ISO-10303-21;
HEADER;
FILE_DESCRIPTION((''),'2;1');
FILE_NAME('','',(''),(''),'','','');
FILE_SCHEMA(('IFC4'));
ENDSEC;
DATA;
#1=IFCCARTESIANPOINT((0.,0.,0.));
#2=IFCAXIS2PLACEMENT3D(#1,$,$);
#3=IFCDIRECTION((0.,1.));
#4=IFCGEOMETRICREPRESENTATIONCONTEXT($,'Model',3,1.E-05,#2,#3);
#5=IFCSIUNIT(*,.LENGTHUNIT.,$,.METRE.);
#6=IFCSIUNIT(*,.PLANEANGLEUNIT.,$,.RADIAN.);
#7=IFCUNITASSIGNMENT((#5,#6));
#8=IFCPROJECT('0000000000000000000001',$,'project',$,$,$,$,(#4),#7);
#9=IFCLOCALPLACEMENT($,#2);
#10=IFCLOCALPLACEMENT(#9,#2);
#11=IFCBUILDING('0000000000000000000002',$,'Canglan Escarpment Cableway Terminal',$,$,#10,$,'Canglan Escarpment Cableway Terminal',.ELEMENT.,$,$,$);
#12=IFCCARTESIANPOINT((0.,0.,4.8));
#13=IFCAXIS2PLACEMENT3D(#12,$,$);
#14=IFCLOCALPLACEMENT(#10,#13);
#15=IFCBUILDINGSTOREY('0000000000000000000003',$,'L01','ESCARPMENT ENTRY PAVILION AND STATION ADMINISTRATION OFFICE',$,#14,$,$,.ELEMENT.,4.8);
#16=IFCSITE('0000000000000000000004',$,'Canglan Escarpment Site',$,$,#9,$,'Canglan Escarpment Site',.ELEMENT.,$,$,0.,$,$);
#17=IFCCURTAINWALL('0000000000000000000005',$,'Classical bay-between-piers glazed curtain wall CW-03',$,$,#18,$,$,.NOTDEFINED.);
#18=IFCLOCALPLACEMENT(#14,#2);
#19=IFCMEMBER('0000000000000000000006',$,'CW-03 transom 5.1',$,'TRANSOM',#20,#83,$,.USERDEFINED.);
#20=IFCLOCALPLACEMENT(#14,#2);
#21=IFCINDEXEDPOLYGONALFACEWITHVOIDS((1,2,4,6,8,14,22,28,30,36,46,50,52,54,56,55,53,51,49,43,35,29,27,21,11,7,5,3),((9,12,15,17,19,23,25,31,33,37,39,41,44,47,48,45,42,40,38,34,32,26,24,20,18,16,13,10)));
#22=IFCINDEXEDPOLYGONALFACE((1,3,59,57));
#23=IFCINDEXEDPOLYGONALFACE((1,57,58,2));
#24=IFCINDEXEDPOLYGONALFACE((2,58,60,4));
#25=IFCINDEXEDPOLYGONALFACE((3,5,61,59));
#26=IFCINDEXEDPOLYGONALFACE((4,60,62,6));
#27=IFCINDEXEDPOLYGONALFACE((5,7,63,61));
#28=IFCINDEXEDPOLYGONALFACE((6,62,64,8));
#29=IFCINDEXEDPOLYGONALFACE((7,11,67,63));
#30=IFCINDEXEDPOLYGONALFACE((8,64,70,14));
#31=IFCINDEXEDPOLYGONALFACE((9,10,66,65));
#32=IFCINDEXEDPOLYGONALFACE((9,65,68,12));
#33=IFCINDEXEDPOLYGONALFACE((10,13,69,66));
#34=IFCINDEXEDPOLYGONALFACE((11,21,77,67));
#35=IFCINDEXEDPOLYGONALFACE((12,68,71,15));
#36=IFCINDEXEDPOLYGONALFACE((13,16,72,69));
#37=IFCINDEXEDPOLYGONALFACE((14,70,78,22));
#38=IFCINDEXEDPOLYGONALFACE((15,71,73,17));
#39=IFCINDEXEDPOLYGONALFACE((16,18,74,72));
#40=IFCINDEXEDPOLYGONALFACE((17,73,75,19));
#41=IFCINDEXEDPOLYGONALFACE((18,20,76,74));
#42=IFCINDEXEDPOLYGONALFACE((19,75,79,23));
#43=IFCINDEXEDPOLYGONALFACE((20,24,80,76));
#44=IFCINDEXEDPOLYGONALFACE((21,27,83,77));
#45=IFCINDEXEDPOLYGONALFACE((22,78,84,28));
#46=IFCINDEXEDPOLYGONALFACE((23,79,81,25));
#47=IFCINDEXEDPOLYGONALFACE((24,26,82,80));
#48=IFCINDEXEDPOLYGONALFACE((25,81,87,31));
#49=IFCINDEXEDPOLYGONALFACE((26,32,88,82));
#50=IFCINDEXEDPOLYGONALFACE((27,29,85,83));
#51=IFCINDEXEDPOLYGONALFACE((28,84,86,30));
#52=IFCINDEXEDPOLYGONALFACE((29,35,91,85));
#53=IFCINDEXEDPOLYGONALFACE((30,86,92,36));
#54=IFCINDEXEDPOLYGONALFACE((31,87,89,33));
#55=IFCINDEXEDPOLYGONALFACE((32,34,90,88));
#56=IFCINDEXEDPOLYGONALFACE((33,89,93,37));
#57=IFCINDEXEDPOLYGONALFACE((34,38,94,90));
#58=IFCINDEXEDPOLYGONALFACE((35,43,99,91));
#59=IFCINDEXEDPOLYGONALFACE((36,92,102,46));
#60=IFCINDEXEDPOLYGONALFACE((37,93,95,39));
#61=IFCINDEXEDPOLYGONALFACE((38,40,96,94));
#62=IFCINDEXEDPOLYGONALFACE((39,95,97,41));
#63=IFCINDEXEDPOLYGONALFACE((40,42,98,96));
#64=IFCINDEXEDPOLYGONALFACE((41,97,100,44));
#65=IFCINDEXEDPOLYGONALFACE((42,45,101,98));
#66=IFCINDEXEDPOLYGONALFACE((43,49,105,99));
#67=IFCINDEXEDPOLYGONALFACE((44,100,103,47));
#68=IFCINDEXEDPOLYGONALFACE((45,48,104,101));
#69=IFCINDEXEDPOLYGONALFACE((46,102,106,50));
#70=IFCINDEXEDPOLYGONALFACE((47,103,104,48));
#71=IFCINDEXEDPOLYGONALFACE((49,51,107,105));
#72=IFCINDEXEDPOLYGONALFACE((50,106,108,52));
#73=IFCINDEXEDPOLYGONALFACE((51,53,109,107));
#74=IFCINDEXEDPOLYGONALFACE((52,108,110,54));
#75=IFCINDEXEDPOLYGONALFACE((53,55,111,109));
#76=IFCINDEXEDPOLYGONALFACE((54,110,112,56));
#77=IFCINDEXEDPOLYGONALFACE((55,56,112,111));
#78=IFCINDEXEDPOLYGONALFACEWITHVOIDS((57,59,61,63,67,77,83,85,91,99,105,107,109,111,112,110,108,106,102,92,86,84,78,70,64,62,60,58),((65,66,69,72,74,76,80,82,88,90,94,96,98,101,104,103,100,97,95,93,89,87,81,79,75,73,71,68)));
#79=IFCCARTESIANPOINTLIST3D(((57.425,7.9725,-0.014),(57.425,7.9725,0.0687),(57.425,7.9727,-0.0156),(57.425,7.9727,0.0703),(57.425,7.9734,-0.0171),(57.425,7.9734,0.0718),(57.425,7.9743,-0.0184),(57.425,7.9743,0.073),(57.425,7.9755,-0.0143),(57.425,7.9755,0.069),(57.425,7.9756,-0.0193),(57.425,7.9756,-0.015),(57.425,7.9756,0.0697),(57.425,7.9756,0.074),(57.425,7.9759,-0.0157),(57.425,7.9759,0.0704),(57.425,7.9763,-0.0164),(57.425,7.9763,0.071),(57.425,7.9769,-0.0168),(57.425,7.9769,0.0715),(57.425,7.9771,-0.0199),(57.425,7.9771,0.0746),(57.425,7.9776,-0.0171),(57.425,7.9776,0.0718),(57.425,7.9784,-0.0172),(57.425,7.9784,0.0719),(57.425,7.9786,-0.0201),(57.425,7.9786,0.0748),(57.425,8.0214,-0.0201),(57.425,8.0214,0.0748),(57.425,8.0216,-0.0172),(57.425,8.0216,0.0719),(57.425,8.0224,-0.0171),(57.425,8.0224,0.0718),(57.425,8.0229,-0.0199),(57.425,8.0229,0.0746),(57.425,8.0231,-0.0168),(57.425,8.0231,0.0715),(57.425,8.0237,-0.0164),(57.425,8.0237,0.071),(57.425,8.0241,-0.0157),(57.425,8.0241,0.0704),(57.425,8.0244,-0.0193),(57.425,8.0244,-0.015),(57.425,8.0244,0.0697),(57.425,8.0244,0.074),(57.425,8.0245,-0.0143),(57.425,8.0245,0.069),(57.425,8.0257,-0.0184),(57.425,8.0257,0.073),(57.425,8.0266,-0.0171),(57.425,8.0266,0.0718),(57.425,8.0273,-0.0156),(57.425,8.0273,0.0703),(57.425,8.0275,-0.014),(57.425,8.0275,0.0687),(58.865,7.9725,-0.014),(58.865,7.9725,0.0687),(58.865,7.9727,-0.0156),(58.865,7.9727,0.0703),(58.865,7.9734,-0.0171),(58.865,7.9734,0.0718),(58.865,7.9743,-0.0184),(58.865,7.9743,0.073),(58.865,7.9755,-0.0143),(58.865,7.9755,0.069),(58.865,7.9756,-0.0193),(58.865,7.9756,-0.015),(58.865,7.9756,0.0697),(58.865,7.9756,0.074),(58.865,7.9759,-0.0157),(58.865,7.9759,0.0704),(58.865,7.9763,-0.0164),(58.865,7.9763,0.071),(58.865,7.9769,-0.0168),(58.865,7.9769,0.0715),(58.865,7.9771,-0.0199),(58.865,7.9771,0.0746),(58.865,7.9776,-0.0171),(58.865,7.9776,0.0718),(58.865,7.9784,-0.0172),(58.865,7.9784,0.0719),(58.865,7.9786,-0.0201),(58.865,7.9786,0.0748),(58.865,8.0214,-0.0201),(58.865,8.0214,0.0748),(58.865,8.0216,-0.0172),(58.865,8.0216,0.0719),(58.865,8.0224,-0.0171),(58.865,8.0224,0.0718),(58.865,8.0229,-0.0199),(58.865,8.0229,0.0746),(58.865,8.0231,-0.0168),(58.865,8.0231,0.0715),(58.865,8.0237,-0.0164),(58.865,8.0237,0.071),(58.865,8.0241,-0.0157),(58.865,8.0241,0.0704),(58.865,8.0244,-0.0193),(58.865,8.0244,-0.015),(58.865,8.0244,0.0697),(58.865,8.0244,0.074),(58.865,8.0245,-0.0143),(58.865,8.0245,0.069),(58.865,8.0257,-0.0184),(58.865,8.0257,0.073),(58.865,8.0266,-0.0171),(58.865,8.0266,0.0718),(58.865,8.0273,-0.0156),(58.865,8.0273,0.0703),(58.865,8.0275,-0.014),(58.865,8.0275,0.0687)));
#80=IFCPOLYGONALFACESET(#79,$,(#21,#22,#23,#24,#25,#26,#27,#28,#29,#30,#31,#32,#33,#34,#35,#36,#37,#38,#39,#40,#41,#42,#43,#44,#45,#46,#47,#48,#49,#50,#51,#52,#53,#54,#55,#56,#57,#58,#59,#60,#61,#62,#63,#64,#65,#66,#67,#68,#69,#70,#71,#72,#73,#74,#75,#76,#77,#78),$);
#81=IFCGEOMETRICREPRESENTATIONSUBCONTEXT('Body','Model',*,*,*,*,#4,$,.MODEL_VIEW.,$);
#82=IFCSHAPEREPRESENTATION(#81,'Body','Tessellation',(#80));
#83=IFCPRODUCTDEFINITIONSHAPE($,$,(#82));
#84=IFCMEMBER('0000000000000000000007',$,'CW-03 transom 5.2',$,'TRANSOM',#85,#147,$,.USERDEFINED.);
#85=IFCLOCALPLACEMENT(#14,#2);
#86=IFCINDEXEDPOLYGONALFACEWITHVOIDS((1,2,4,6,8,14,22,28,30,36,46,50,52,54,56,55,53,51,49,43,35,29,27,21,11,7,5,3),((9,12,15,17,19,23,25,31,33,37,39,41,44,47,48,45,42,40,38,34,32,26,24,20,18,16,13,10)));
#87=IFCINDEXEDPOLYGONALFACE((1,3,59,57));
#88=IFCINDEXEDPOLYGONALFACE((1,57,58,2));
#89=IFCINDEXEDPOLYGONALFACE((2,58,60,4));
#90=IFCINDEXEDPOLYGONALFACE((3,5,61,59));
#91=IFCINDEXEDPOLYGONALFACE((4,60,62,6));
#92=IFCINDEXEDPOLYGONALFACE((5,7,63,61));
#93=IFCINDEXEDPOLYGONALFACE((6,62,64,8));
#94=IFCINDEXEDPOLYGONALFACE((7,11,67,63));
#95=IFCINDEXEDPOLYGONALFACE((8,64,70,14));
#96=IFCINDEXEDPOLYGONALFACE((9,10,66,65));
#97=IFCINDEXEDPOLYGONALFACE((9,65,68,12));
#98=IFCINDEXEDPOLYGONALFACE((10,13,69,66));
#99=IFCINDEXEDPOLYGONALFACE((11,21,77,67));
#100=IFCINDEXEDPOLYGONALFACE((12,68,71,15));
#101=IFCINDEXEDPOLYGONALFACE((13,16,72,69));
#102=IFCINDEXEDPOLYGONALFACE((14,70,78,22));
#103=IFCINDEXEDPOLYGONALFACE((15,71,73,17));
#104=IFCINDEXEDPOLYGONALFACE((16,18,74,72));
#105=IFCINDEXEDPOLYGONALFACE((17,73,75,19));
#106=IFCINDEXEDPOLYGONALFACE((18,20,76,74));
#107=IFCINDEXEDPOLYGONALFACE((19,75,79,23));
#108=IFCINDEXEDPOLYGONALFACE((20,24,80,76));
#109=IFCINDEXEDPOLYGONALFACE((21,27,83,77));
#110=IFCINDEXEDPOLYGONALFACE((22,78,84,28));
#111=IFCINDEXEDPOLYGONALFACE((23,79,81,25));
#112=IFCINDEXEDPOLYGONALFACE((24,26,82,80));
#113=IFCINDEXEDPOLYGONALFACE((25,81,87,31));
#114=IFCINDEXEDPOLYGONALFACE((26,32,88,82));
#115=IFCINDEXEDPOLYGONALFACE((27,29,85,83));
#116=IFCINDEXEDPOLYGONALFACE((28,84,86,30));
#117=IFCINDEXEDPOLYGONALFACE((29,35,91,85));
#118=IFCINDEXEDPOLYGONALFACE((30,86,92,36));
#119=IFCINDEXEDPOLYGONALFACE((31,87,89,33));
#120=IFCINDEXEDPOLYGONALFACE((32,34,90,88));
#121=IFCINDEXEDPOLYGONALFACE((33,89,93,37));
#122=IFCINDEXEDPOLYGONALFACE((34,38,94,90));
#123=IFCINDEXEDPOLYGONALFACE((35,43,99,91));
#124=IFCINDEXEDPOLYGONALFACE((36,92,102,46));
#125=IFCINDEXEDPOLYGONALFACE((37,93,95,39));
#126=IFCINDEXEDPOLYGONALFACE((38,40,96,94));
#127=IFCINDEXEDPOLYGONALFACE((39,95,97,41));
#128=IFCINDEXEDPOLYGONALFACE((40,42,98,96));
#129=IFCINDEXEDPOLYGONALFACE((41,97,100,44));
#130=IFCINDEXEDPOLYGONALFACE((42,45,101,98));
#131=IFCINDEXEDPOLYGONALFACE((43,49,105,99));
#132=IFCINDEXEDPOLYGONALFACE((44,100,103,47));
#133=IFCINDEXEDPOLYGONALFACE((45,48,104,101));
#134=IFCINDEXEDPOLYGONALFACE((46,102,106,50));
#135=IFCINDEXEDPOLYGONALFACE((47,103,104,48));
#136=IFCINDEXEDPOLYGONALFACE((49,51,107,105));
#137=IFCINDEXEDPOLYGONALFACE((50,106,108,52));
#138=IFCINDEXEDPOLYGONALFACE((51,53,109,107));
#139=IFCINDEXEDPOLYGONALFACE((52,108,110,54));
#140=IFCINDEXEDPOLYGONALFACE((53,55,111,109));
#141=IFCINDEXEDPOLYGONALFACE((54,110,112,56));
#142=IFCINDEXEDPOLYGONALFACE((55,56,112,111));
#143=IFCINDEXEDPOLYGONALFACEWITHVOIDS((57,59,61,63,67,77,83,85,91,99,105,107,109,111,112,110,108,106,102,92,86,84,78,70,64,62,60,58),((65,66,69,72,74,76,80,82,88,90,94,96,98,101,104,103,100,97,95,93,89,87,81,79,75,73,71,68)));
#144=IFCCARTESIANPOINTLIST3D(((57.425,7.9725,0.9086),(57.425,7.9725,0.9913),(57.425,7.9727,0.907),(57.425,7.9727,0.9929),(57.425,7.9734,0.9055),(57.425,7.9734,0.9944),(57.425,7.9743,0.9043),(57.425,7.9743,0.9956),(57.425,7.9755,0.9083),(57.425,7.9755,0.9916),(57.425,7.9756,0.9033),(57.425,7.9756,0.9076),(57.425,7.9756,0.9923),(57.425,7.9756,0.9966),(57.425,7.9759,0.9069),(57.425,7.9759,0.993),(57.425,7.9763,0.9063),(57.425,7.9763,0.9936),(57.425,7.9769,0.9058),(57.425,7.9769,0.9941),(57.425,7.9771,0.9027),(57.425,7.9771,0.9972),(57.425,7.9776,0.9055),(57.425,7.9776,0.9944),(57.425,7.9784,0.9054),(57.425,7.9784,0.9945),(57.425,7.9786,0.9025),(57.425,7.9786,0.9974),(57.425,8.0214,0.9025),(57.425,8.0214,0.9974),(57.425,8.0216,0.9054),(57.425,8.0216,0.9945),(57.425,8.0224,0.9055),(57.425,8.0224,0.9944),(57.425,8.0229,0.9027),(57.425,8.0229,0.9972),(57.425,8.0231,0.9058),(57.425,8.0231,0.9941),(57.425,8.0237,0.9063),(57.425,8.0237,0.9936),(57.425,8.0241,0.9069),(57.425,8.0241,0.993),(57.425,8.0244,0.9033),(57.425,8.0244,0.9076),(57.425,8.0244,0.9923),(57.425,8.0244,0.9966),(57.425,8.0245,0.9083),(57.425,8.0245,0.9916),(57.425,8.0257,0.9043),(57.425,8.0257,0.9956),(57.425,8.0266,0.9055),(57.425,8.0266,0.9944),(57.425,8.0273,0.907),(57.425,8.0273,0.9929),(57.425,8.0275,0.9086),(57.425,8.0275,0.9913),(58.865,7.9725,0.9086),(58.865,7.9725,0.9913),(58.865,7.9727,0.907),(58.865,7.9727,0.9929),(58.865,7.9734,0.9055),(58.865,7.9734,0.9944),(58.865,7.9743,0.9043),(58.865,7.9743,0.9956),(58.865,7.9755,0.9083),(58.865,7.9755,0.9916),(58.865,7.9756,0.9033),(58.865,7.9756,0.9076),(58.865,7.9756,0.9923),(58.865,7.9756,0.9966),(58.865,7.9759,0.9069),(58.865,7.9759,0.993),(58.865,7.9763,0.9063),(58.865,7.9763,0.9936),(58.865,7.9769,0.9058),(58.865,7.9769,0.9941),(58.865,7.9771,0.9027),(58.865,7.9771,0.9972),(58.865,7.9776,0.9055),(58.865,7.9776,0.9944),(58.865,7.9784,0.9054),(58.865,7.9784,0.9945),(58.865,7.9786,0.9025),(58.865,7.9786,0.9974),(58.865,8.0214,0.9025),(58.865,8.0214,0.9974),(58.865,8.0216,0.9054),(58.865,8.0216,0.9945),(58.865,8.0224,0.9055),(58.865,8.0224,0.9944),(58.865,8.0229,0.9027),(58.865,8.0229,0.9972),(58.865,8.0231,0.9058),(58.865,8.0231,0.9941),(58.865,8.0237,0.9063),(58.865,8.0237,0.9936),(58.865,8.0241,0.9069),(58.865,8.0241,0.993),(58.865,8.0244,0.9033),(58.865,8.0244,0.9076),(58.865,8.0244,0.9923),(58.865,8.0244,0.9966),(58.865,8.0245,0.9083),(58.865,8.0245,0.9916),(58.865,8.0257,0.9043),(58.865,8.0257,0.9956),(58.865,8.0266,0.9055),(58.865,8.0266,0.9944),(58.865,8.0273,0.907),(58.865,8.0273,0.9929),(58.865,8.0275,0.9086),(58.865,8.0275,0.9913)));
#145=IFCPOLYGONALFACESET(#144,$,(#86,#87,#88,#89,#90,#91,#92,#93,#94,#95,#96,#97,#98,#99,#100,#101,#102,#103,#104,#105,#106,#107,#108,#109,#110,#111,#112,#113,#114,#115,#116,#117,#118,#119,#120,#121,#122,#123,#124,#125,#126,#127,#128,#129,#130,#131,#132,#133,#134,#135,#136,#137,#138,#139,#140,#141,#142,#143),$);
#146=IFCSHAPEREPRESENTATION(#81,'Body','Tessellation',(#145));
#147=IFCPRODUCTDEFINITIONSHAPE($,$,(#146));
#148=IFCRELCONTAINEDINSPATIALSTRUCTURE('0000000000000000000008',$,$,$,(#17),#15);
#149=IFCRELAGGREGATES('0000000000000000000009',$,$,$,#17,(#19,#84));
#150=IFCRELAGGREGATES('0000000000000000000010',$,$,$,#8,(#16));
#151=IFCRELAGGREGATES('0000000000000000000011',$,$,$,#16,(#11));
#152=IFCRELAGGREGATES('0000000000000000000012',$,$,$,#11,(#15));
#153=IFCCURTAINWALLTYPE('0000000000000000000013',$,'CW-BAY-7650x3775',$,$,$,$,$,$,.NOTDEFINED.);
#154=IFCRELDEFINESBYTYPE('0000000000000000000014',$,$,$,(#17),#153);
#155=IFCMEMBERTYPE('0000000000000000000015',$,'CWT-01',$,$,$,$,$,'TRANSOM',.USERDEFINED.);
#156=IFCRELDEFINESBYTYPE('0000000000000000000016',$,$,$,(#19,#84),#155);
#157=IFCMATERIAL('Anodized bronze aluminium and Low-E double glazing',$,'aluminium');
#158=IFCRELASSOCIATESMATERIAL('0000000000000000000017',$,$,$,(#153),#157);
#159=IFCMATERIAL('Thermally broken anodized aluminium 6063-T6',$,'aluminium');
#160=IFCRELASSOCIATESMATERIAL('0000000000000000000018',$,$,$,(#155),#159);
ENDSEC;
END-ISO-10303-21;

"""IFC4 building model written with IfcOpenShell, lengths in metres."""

from ifc_helpers import new_model, si_unit, direction, frame, origin, origin_2d, place, context, subcontext, project, spatial, hollow_rectangle, extrude, material, material_profile, profile_set, type_object, element, aggregate, save


model = new_model("IFC4")

# Units and contexts
model_context = context("Model", 3, precision=1e-05, world=origin(), true_north=direction((0.0, 1.0)))
body_context = subcontext(model_context, "Body", "Model", "MODEL_VIEW")
ifc_project = project(units=[si_unit("LENGTHUNIT", "METRE"), si_unit("PLANEANGLEUNIT", "RADIAN")], contexts=[model_context])

# Site, building, storey
site_placement = place(None, origin())
site = spatial("IfcSite", under=ifc_project, at=site_placement, Name="Canglan Escarpment Site", LongName="Canglan Escarpment Site", CompositionType="ELEMENT", RefElevation=0.0)
building_placement = place(site_placement, origin())
building = spatial("IfcBuilding", under=site, at=building_placement, Name="Canglan Escarpment Cableway Terminal", LongName="Canglan Escarpment Cableway Terminal", CompositionType="ELEMENT")
storey_placement = place(building_placement, frame((0.0, 0.0, 4.8)))
storey = spatial("IfcBuildingStorey", under=building, at=storey_placement, Name="L01", Description="ESCARPMENT ENTRY PAVILION AND STATION ADMINISTRATION OFFICE", CompositionType="ELEMENT", Elevation=4.8)

# Curtain wall, members
ifc_material_1 = material(Name="Anodized bronze aluminium and Low-E double glazing", Category="aluminium")
curtain_wall_type = type_object("IfcCurtainWallType", Name="CW-BAY-7650x3775", PredefinedType="NOTDEFINED", material=ifc_material_1)
curtain_wall_placement = place(storey_placement, origin())
curtain_wall = element("IfcCurtainWall", 1, at=curtain_wall_placement, inside=storey, type_object=curtain_wall_type, Name="Classical bay-between-piers glazed curtain wall CW-03", PredefinedType="NOTDEFINED")
ifc_material_2 = material(Name="Thermally broken anodized aluminium 6063-T6", Category="aluminium")
ifc_material_profile_1 = material_profile(ifc_material_2, hollow_rectangle(XDim=0.0549, YDim=0.095, WallThickness=0.0029, InnerFilletRadius=0.0029, OuterFilletRadius=0.0061, at=origin_2d()), Name="ALU-TRAN 55x95x3")
ifc_profile_set_1 = profile_set([ifc_material_profile_1], Name="Thermally broken anodized aluminium 6063-T6")
member_type_1 = type_object("IfcMemberType", Name="CWT-01", ElementType="TRANSOM", PredefinedType="USERDEFINED", material=ifc_profile_set_1)
member_1_placement = place(storey_placement, frame((57.425, 8.0, 0.0273), z_axis=(1.0, 0.0, 0.0), x_axis=(0.0, 1.0, 0.0)))
member_1 = element("IfcMember", 2, at=member_1_placement, type_object=member_type_1, Name="CW-03 transom 5.1", ObjectType="TRANSOM", PredefinedType="USERDEFINED", context=body_context, shape_type="SweptSolid", body=[
    extrude(hollow_rectangle(XDim=0.0549, YDim=0.095, WallThickness=0.0029, InnerFilletRadius=0.0029, OuterFilletRadius=0.0061, at=origin_2d()), origin(), (0.0, 0.0, 1.0), 1.4399),
])
member_2_placement = place(storey_placement, frame((57.425, 8.0, 0.95), z_axis=(1.0, 0.0, 0.0), x_axis=(0.0, 1.0, 0.0)))
member_2 = element("IfcMember", 3, at=member_2_placement, type_object=member_type_1, Name="CW-03 transom 5.2", ObjectType="TRANSOM", PredefinedType="USERDEFINED", context=body_context, shape_type="SweptSolid", body=[
    extrude(hollow_rectangle(XDim=0.0549, YDim=0.095, WallThickness=0.0029, InnerFilletRadius=0.0029, OuterFilletRadius=0.0061, at=origin_2d()), origin(), (0.0, 0.0, 1.0), 1.4399),
])
aggregate(curtain_wall, [member_1, member_2])

save(model, "model.ifc")
